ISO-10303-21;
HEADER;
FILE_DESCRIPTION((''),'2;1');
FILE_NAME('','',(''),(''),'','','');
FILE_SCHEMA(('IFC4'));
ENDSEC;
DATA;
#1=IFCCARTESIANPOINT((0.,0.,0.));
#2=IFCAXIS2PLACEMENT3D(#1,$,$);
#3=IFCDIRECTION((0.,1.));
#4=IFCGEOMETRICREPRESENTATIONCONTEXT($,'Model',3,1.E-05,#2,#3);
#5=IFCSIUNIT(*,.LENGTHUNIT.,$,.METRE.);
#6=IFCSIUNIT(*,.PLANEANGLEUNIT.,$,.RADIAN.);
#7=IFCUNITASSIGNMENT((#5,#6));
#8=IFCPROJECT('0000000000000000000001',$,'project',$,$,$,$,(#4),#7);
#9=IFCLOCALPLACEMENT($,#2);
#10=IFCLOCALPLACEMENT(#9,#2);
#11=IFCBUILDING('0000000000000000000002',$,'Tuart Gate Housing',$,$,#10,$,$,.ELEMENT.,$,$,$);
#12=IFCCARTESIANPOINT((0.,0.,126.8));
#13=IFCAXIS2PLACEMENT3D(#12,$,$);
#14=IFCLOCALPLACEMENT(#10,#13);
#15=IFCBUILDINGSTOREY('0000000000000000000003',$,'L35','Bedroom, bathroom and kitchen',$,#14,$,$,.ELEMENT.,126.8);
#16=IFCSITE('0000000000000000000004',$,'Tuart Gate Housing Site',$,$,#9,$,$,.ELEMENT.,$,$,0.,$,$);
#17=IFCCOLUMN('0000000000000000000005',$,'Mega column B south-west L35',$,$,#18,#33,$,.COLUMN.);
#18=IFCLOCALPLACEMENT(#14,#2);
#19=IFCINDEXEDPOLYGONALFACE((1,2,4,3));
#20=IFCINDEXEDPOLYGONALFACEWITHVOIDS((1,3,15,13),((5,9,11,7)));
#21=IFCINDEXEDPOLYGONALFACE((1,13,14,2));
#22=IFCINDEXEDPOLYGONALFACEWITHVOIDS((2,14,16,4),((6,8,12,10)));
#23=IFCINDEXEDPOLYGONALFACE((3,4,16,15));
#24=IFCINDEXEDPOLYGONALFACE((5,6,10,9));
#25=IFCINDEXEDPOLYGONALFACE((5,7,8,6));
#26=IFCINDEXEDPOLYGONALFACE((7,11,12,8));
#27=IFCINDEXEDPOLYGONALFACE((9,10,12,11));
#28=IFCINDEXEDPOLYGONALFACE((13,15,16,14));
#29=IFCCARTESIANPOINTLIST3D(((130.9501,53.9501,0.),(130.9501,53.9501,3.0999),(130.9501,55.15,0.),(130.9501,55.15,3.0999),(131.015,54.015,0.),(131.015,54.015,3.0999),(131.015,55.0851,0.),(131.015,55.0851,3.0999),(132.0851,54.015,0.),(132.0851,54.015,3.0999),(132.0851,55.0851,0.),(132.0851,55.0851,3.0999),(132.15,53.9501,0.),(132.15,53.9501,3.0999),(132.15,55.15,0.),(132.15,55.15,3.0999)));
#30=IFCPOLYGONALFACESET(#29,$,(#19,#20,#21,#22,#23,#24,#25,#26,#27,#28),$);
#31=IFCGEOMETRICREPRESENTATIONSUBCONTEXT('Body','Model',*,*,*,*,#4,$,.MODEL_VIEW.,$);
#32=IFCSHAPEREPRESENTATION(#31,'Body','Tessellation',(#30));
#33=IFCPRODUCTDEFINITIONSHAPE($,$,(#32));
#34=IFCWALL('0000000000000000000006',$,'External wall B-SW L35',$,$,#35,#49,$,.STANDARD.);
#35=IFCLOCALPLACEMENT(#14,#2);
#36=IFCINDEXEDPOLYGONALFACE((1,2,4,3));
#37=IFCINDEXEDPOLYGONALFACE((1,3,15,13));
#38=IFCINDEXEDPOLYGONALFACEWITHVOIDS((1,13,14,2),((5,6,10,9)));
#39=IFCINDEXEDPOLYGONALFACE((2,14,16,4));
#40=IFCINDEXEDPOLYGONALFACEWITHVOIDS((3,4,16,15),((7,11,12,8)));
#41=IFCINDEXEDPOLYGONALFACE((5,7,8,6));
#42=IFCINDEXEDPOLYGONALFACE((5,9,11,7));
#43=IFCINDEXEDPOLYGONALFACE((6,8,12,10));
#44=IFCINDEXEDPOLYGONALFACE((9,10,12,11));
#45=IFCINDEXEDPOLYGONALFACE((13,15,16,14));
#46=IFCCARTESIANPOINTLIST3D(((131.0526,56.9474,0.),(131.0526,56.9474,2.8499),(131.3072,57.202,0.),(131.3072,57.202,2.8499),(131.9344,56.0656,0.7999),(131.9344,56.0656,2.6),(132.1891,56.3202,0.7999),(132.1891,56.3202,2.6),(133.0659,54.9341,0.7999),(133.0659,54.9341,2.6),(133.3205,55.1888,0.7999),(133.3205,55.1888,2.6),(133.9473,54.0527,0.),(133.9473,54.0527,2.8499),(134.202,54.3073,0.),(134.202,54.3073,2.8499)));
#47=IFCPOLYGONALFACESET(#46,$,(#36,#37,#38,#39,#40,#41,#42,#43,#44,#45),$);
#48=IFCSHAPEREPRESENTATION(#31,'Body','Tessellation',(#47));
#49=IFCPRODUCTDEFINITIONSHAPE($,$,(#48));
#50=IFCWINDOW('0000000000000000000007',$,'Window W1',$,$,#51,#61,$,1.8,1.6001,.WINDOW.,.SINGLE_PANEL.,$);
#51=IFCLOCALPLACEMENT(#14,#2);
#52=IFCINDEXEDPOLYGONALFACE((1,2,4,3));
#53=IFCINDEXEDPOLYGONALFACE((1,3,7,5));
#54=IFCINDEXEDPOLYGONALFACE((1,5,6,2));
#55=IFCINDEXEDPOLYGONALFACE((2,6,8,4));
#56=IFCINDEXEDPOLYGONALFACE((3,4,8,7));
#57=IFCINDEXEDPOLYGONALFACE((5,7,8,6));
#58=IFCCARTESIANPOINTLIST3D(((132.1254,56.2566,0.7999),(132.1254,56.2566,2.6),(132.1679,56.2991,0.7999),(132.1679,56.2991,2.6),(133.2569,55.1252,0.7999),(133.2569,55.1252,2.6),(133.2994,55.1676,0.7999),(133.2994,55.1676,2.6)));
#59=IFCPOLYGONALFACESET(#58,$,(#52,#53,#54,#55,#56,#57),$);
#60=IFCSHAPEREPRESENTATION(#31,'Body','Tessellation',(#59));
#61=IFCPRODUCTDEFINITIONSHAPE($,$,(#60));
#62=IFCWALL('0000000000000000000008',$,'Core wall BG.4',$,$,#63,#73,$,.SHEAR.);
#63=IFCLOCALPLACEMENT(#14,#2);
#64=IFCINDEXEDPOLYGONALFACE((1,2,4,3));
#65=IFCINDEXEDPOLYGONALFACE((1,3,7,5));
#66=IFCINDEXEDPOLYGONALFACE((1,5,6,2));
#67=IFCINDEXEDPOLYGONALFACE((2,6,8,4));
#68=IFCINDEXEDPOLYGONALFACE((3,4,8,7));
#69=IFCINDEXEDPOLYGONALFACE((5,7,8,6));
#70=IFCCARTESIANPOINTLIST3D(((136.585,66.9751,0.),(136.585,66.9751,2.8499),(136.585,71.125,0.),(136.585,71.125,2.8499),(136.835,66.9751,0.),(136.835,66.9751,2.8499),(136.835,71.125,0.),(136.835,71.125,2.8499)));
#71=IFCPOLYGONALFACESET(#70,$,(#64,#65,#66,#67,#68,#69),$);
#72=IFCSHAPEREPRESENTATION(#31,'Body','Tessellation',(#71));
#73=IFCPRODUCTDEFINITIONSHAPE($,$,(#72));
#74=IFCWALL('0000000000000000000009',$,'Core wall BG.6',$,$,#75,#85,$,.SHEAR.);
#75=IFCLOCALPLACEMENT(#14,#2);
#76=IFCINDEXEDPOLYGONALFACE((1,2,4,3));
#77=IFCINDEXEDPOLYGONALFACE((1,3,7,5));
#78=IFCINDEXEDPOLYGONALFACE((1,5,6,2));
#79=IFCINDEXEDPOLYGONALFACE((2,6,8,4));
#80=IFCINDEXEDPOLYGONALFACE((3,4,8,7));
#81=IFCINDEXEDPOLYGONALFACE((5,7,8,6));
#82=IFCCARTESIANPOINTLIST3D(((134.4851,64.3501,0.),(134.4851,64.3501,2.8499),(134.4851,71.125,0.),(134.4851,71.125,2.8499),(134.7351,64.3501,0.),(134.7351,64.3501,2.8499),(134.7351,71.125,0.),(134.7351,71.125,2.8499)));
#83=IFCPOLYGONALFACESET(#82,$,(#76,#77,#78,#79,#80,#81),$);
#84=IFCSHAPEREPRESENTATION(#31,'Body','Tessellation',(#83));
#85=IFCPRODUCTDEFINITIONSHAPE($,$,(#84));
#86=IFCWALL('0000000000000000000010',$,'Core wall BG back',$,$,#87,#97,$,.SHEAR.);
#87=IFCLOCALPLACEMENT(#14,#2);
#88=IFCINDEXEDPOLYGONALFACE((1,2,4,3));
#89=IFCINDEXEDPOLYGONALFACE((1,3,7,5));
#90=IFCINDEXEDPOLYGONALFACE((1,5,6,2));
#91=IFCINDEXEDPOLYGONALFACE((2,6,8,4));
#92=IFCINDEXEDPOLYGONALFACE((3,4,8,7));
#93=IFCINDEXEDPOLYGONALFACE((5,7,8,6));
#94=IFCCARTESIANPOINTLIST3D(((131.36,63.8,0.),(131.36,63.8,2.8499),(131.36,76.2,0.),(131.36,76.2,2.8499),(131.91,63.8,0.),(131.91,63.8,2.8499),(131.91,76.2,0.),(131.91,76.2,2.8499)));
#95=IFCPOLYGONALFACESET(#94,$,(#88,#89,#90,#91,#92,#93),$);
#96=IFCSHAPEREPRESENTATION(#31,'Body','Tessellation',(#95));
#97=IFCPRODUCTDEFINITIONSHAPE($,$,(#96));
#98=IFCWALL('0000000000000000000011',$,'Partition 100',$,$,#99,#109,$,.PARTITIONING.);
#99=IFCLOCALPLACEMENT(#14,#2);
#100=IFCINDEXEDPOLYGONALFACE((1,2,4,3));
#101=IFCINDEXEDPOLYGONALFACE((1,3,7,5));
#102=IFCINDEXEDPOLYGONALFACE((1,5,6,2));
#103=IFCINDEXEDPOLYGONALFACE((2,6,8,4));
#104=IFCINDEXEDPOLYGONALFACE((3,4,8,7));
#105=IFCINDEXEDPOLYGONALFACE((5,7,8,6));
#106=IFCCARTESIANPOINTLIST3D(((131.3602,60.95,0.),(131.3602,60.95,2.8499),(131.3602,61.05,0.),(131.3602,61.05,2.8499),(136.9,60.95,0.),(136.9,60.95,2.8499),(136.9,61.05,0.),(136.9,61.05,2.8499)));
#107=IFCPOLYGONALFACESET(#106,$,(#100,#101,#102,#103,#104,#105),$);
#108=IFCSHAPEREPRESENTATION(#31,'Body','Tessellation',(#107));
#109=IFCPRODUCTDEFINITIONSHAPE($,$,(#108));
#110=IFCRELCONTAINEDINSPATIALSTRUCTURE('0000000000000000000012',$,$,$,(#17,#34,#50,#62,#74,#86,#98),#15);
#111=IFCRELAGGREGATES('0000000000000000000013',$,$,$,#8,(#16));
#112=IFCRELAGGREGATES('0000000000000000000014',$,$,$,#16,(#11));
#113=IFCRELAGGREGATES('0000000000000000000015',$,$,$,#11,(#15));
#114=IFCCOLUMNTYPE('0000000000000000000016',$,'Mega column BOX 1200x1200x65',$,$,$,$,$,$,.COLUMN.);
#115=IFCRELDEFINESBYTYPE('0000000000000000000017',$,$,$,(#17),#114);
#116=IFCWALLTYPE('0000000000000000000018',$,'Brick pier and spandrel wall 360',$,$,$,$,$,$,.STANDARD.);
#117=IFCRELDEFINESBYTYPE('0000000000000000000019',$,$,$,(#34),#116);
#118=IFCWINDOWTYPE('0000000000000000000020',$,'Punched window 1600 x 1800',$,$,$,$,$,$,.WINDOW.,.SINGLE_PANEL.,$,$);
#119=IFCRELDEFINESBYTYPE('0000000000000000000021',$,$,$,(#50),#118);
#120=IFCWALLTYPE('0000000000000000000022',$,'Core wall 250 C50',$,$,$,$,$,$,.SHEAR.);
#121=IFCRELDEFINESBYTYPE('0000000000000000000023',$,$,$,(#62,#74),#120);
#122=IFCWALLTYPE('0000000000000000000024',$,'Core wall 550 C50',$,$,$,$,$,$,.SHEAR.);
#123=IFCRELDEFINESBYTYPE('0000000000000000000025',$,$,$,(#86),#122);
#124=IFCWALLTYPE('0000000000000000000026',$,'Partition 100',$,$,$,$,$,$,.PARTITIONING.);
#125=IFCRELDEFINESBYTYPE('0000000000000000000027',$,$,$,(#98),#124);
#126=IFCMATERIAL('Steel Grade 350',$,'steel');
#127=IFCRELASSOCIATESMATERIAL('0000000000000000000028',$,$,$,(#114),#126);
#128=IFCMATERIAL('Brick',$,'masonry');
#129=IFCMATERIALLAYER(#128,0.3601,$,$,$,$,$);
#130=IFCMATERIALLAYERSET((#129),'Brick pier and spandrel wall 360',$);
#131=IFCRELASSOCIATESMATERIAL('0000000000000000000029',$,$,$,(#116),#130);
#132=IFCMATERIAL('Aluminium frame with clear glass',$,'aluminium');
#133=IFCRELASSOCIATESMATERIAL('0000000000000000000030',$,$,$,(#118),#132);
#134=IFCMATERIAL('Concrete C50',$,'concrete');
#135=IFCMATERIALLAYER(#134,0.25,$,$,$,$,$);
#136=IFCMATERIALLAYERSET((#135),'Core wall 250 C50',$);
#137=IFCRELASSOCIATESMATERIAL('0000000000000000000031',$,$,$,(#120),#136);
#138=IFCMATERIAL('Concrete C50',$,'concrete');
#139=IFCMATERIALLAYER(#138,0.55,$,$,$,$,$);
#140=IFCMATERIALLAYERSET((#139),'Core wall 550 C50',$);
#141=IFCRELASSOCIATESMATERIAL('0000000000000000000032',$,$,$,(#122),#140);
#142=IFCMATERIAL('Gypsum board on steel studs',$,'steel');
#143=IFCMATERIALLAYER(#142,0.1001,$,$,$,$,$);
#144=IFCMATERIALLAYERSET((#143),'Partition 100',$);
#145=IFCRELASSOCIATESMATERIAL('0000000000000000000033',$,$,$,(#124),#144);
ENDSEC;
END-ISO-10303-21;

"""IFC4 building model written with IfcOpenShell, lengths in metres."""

from ifc_helpers import new_model, si_unit, direction, frame, frame_2d, origin, origin_2d, place, context, subcontext, project, spatial, rectangle, hollow_rectangle, extrude, material, layer, layer_set, material_profile, profile_set, type_object, element, fill, save


model = new_model("IFC4")

# Units and contexts
model_context = context("Model", 3, precision=1e-05, world=origin(), true_north=direction((0.0, 1.0)))
body_context = subcontext(model_context, "Body", "Model", "MODEL_VIEW")
ifc_project = project(units=[si_unit("LENGTHUNIT", "METRE"), si_unit("PLANEANGLEUNIT", "RADIAN")], contexts=[model_context])

# Site, building, storey
site_placement = place(None, origin())
site = spatial("IfcSite", under=ifc_project, at=site_placement, Name="Tuart Gate Housing Site", CompositionType="ELEMENT", RefElevation=0.0)
building_placement = place(site_placement, origin())
building = spatial("IfcBuilding", under=site, at=building_placement, Name="Tuart Gate Housing", CompositionType="ELEMENT")
storey_placement = place(building_placement, frame((0.0, 0.0, 126.8)))
storey = spatial("IfcBuildingStorey", under=building, at=storey_placement, Name="L35", Description="Bedroom, bathroom and kitchen", CompositionType="ELEMENT", Elevation=126.8)

# Column
ifc_material_1 = material(Name="Steel Grade 350", Category="steel")
ifc_material_profile = material_profile(ifc_material_1, hollow_rectangle(XDim=1.2, YDim=1.2, WallThickness=0.0649, at=origin_2d()), Name="BOX 1200x1200x65")
ifc_profile_set = profile_set([ifc_material_profile], Name="Steel Grade 350")
column_type = type_object("IfcColumnType", Name="Mega column BOX 1200x1200x65", PredefinedType="COLUMN", material=ifc_profile_set)
column_placement = place(storey_placement, frame((131.55, 54.55, 0.0), z_axis=(0.0, 0.0, 1.0), x_axis=(1.0, 0.0, 0.0)))
element("IfcColumn", 1, at=column_placement, inside=storey, type_object=column_type, Name="Mega column B south-west L35", PredefinedType="COLUMN", context=body_context, shape_type="SweptSolid", body=[
    extrude(hollow_rectangle(XDim=1.2, YDim=1.2, WallThickness=0.0649, at=origin_2d()), origin(), (0.0, 0.0, 1.0), 3.0999),
])

# Wall, opening, window
ifc_material_2 = material(Name="Brick", Category="masonry")
ifc_layer_1 = layer(ifc_material_2, 0.3601)
ifc_layer_set_1 = layer_set([ifc_layer_1], Name="Brick pier and spandrel wall 360")
wall_type_1 = type_object("IfcWallType", Name="Brick pier and spandrel wall 360", PredefinedType="STANDARD", material=ifc_layer_set_1)
wall_1_placement = place(storey_placement, frame((131.1799, 57.0747, 0.0), z_axis=(0.0, 0.0, 1.0), x_axis=(0.707107, -0.707107, 0.0)))
wall_1 = element("IfcWall", 2, at=wall_1_placement, inside=storey, type_object=wall_type_1, Name="External wall B-SW L35", PredefinedType="STANDARD", context=body_context, shape_type="SweptSolid", body=[
    extrude(rectangle(XDim=4.0938, YDim=0.3601, at=frame_2d((2.0469, 0.0))), origin(), (0.0, 0.0, 1.0), 2.8499),
])
opening_1_placement = place(wall_1_placement, frame((1.2471, 0.0, 0.8)))
opening_1 = element("IfcOpeningElement", 3, at=opening_1_placement, cuts=wall_1, PredefinedType="OPENING", context=body_context, shape_type="SweptSolid", body=[
    extrude(rectangle(XDim=1.6001, YDim=1.8, at=frame_2d((0.8, 0.8999))), frame((0.0, 0.1899, 0.0), z_axis=(0.0, -1.0, 0.0), x_axis=(1.0, 0.0, 0.0)), (0.0, 0.0, 1.0), 0.3801),
])
ifc_material_3 = material(Name="Aluminium frame with clear glass", Category="aluminium")
window_type_1 = type_object("IfcWindowType", Name="Punched window 1600 x 1800", PartitioningType="SINGLE_PANEL", PredefinedType="WINDOW", material=ifc_material_3)
window_1_placement = place(opening_1_placement, origin())
window_1 = element("IfcWindow", 4, at=window_1_placement, inside=storey, type_object=window_type_1, Name="Window W1", OverallHeight=1.8, OverallWidth=1.6001, PartitioningType="SINGLE_PANEL", PredefinedType="WINDOW", context=body_context, shape_type="SweptSolid", body=[
    extrude(rectangle(XDim=1.6001, YDim=1.8, at=frame_2d((0.8, 0.8999))), frame((0.0, 0.1501, 0.0), z_axis=(0.0, -1.0, 0.0), x_axis=(1.0, 0.0, 0.0)), (0.0, 0.0, 1.0), 0.0601),
])
fill(opening_1, window_1)

# Walls
ifc_material_4 = material(Name="Concrete C50", Category="concrete")
ifc_layer_2 = layer(ifc_material_4, 0.25)
ifc_layer_set_2 = layer_set([ifc_layer_2], Name="Core wall 250 C50")
wall_type_2 = type_object("IfcWallType", Name="Core wall 250 C50", PredefinedType="SHEAR", material=ifc_layer_set_2)
wall_2_placement = place(storey_placement, frame((136.71, 66.9751, 0.0), z_axis=(0.0, 0.0, 1.0), x_axis=(0.0, 1.0, 0.0)))
element("IfcWall", 5, at=wall_2_placement, inside=storey, type_object=wall_type_2, Name="Core wall BG.4", PredefinedType="SHEAR", context=body_context, shape_type="SweptSolid", body=[
    extrude(rectangle(XDim=4.1499, YDim=0.25, at=frame_2d((2.075, 0.0))), origin(), (0.0, 0.0, 1.0), 2.8499),
])
wall_3_placement = place(storey_placement, frame((134.6101, 64.3501, 0.0), z_axis=(0.0, 0.0, 1.0), x_axis=(0.0, 1.0, 0.0)))
element("IfcWall", 6, at=wall_3_placement, inside=storey, type_object=wall_type_2, Name="Core wall BG.6", PredefinedType="SHEAR", context=body_context, shape_type="SweptSolid", body=[
    extrude(rectangle(XDim=6.7749, YDim=0.25, at=frame_2d((3.3875, 0.0))), origin(), (0.0, 0.0, 1.0), 2.8499),
])
ifc_material_5 = material(Name="Concrete C50", Category="concrete")
ifc_layer_3 = layer(ifc_material_5, 0.55)
ifc_layer_set_3 = layer_set([ifc_layer_3], Name="Core wall 550 C50")
wall_type_3 = type_object("IfcWallType", Name="Core wall 550 C50", PredefinedType="SHEAR", material=ifc_layer_set_3)
wall_4_placement = place(storey_placement, frame((131.635, 63.8, 0.0), z_axis=(0.0, 0.0, 1.0), x_axis=(0.0, 1.0, 0.0)))
element("IfcWall", 7, at=wall_4_placement, inside=storey, type_object=wall_type_3, Name="Core wall BG back", PredefinedType="SHEAR", context=body_context, shape_type="SweptSolid", body=[
    extrude(rectangle(XDim=12.3999, YDim=0.55, at=frame_2d((6.2, 0.0))), origin(), (0.0, 0.0, 1.0), 2.8499),
])
ifc_material_6 = material(Name="Gypsum board on steel studs", Category="steel")
ifc_layer_4 = layer(ifc_material_6, 0.1001)
ifc_layer_set_4 = layer_set([ifc_layer_4], Name="Partition 100")
wall_type_4 = type_object("IfcWallType", Name="Partition 100", PredefinedType="PARTITIONING", material=ifc_layer_set_4)
wall_5_placement = place(storey_placement, frame((131.3601, 61.0, 0.0), z_axis=(0.0, 0.0, 1.0), x_axis=(1.0, 0.0, 0.0)))
element("IfcWall", 8, at=wall_5_placement, inside=storey, type_object=wall_type_4, Name="Partition 100", PredefinedType="PARTITIONING", context=body_context, shape_type="SweptSolid", body=[
    extrude(rectangle(XDim=5.5398, YDim=0.1001, at=frame_2d((2.77, 0.0))), origin(), (0.0, 0.0, 1.0), 2.8499),
])

save(model, "model.ifc")
